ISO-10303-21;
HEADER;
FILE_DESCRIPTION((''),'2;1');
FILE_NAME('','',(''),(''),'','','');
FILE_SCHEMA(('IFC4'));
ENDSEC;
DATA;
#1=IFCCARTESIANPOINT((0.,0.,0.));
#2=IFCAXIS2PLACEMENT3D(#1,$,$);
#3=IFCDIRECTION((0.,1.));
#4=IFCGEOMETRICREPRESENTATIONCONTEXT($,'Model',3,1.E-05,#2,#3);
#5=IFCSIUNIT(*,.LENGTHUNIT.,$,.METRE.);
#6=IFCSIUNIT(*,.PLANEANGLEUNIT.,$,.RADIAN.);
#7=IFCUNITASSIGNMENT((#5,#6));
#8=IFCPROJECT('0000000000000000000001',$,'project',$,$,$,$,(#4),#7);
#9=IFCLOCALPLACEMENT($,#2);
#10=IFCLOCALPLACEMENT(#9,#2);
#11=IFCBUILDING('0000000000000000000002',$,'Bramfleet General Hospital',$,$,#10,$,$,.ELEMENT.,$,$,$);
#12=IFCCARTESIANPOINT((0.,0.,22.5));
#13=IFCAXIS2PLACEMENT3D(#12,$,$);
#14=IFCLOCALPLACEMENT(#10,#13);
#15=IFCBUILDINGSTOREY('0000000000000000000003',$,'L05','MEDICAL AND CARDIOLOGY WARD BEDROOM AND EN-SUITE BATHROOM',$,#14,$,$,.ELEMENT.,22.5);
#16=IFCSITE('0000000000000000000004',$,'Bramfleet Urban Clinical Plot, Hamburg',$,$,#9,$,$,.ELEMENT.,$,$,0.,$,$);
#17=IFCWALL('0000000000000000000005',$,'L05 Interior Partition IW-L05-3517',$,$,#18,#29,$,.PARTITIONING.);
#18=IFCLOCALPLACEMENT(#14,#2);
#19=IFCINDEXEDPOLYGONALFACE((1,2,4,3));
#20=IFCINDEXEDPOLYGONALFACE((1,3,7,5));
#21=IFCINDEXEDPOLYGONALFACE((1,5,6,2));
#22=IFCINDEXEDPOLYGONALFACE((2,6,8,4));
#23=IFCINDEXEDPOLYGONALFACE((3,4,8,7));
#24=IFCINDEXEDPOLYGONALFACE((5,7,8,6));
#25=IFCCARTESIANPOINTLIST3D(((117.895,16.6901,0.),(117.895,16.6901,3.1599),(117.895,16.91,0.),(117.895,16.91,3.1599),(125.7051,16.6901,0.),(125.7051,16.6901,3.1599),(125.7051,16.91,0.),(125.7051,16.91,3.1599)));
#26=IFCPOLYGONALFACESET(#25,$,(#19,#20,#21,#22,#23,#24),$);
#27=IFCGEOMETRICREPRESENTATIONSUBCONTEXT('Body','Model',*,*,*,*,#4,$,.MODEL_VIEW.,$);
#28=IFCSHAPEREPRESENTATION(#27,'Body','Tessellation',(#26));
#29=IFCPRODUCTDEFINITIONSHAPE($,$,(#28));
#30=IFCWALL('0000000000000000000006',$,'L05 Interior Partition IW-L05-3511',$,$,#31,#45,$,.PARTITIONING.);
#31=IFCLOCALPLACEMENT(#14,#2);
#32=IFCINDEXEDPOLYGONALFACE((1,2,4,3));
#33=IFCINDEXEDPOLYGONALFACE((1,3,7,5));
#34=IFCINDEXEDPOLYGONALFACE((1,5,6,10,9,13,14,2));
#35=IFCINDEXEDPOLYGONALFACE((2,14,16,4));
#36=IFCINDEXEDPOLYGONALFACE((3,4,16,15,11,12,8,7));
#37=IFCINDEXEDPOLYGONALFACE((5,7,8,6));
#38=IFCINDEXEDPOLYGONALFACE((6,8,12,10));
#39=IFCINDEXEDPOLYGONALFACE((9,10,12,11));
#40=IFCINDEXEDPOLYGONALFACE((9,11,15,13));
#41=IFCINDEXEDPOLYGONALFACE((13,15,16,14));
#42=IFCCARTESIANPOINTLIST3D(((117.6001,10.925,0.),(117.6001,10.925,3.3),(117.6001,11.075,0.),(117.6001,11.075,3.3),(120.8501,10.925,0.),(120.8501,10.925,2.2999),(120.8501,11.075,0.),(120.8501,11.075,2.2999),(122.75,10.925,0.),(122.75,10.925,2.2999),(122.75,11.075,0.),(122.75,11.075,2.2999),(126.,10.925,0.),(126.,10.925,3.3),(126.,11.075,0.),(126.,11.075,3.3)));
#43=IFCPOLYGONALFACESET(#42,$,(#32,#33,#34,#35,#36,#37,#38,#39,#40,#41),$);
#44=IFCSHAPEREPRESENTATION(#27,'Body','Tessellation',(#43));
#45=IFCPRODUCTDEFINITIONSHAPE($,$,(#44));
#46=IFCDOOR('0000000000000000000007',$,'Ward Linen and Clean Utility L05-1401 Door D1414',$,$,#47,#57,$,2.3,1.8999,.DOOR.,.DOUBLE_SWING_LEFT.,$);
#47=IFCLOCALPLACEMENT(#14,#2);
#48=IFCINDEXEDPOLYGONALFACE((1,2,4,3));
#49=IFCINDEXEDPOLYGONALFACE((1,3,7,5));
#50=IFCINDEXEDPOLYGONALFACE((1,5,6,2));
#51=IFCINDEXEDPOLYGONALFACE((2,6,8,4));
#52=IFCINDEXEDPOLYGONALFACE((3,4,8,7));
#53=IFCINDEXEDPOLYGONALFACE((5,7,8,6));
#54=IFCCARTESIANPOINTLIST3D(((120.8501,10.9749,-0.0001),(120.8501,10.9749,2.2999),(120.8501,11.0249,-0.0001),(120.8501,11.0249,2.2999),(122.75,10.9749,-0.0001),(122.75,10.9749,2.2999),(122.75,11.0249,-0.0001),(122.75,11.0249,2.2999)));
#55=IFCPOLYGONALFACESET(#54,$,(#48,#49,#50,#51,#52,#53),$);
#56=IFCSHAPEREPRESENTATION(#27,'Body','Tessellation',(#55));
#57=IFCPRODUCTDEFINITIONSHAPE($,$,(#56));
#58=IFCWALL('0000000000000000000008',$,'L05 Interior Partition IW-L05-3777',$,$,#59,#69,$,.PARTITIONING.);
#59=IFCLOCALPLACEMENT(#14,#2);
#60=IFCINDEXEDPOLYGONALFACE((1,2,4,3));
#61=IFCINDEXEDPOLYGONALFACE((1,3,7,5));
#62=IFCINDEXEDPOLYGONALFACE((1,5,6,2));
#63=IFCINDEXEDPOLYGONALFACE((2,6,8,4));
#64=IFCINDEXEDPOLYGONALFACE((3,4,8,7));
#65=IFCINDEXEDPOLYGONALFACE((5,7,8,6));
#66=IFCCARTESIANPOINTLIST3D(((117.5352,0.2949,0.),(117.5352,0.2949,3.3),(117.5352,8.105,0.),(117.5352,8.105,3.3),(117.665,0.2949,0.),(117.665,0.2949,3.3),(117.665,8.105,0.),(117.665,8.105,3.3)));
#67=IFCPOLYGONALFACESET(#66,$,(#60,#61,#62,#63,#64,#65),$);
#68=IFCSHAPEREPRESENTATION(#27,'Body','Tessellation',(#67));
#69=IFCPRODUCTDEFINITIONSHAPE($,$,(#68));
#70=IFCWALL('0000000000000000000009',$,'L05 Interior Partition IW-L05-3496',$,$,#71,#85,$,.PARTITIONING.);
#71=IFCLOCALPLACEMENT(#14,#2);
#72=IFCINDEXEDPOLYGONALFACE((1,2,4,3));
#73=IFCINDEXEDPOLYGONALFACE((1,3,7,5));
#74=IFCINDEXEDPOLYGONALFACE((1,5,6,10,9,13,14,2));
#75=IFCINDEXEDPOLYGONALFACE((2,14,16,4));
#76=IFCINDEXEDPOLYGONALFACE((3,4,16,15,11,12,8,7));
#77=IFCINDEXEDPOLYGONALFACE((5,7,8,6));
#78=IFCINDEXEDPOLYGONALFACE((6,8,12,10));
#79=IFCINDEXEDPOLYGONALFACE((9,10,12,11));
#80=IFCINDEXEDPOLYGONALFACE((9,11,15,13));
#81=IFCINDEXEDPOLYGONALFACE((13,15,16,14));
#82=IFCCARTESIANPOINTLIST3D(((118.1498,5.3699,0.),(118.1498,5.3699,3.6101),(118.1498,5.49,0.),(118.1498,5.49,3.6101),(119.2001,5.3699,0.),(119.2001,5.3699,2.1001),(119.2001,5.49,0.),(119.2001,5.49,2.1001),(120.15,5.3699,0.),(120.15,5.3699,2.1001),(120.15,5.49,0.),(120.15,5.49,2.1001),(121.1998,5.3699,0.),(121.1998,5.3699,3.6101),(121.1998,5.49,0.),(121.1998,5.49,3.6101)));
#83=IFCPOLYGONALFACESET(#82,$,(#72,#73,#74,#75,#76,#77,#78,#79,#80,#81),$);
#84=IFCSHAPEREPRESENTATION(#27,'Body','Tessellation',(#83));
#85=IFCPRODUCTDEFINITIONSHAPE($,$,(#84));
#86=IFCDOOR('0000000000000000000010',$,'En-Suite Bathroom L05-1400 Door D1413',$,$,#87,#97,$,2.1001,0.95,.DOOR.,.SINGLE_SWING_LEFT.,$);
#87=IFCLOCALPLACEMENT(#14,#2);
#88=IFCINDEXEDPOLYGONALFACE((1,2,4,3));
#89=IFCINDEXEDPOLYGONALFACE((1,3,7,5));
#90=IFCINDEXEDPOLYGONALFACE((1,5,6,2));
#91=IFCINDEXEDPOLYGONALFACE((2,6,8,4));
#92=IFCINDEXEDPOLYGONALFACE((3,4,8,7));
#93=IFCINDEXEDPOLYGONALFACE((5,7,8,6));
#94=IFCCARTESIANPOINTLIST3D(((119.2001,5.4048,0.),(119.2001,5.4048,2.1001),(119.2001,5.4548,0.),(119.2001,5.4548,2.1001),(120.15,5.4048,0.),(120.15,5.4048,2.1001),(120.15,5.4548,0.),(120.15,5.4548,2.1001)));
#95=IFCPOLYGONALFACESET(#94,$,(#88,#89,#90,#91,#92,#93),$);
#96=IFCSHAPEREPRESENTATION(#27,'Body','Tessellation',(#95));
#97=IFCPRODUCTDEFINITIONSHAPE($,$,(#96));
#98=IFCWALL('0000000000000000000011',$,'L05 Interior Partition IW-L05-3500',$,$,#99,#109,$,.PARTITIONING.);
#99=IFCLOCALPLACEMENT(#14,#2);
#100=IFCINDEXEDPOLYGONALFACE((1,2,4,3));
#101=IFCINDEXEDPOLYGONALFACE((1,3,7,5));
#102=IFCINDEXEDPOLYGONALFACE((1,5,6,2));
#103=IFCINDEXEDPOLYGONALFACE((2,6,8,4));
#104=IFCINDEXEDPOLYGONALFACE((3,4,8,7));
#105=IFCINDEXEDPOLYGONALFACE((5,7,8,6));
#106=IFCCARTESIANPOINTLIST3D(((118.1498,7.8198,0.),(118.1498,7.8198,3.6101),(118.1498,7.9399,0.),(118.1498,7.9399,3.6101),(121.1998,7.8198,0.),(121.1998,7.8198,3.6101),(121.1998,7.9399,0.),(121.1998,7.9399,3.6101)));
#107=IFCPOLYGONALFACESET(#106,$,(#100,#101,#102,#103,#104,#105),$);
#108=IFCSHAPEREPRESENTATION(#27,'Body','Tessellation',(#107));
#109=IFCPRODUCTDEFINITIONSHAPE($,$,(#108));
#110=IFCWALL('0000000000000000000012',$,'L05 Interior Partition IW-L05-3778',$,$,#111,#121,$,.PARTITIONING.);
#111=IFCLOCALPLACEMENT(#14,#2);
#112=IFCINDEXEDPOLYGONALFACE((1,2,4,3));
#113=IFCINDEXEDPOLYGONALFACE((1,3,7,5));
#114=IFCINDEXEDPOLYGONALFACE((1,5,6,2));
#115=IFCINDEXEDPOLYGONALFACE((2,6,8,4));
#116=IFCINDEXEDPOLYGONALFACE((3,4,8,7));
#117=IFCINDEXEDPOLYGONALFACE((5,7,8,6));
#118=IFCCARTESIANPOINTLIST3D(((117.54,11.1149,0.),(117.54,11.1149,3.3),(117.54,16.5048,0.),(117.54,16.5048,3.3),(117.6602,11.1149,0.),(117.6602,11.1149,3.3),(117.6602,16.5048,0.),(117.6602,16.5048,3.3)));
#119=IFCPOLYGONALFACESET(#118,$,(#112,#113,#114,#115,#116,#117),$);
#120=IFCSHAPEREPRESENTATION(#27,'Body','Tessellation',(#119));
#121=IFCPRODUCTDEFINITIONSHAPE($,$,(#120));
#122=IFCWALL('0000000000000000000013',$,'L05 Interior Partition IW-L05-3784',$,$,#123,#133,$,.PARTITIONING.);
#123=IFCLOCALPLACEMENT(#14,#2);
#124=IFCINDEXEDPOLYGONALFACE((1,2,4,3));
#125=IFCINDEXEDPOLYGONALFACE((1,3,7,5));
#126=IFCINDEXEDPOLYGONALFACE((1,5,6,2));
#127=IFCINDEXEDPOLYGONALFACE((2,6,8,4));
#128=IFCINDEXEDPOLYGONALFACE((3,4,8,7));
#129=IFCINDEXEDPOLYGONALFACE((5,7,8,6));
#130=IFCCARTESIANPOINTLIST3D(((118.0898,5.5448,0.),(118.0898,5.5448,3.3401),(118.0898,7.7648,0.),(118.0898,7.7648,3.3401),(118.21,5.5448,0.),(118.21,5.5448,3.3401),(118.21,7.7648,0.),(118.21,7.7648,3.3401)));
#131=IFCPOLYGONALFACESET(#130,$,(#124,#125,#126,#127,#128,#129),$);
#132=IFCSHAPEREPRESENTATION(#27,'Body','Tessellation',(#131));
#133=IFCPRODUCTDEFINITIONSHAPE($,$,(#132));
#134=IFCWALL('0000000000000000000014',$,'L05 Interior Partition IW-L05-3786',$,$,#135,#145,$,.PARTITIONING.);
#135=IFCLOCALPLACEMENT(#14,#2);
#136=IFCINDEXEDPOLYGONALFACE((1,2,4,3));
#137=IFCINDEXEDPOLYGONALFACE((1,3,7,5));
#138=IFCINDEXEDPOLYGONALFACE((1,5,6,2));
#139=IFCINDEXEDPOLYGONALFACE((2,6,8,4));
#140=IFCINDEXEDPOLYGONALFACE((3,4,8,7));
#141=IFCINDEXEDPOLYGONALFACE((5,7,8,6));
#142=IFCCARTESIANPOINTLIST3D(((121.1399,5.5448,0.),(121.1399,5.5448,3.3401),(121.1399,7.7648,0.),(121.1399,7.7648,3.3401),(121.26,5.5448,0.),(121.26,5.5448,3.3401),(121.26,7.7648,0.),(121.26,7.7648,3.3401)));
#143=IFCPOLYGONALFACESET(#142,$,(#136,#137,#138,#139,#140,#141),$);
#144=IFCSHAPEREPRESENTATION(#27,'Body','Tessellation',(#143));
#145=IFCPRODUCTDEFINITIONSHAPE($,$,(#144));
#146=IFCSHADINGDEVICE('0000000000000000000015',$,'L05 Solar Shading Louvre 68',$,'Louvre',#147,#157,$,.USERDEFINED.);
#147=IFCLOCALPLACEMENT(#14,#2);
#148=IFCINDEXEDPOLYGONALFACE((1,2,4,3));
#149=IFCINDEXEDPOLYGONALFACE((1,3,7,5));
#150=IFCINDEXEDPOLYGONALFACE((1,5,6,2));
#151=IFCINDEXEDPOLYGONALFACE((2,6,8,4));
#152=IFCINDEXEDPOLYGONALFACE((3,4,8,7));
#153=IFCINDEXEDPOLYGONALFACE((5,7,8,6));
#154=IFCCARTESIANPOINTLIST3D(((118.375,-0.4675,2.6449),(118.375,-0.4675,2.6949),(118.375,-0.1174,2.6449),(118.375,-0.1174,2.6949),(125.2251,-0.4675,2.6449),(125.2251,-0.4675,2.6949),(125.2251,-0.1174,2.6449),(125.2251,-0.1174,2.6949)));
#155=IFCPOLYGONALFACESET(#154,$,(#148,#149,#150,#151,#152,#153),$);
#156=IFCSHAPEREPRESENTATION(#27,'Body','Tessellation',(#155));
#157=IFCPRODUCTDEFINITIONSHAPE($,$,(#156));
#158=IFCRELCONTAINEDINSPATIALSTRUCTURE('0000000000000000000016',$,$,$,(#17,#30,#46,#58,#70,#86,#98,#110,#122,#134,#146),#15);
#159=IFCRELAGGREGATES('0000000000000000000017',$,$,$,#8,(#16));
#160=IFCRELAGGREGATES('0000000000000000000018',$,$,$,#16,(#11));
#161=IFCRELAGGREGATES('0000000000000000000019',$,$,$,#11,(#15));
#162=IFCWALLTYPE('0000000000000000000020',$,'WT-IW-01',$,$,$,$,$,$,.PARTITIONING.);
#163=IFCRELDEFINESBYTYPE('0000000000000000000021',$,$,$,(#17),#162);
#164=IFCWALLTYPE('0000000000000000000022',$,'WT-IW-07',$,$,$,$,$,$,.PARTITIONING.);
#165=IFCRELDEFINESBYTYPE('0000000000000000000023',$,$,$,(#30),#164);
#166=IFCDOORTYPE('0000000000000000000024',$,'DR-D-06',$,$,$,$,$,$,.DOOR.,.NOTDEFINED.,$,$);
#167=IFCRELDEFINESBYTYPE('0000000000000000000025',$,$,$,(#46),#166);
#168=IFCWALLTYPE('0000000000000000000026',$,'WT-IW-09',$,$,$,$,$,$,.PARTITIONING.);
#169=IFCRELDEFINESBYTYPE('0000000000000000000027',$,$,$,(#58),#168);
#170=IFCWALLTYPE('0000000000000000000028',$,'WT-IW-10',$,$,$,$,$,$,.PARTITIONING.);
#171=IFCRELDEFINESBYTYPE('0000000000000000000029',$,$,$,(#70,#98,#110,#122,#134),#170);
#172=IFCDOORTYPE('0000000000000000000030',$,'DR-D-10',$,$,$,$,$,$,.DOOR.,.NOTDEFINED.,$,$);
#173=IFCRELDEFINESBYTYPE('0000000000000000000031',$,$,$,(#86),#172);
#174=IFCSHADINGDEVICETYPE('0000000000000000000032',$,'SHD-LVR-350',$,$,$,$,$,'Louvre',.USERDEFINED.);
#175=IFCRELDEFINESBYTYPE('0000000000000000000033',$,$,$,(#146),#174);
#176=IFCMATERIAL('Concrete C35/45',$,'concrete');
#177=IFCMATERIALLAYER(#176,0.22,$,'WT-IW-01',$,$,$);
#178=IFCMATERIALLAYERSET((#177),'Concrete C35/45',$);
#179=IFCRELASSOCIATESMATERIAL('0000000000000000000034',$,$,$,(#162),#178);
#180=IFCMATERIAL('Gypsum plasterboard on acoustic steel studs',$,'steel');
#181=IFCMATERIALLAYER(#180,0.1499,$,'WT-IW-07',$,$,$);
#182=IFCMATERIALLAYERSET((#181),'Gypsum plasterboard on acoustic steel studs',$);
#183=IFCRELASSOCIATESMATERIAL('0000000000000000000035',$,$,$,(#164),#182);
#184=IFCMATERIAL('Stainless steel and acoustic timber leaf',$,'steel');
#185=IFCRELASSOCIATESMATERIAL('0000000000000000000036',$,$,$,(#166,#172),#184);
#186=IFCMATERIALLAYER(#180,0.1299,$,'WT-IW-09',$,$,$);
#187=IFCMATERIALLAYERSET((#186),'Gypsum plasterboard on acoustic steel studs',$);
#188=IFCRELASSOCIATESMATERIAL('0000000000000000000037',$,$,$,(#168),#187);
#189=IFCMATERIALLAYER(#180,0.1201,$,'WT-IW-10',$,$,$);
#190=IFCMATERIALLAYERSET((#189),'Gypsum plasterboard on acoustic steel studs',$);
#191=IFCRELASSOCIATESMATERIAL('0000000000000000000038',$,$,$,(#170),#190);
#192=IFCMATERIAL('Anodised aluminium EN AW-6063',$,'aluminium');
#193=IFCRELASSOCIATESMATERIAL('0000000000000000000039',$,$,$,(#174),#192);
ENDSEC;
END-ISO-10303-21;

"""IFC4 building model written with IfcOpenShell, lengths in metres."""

from ifc_helpers import new_model, si_unit, direction, frame, frame_2d, origin, origin_2d, place, context, subcontext, project, spatial, rectangle, extrude, material, layer, layer_set, material_profile, profile_set, type_object, element, fill, save


model = new_model("IFC4")

# Units and contexts
model_context = context("Model", 3, precision=1e-05, world=origin(), true_north=direction((0.0, 1.0)))
body_context = subcontext(model_context, "Body", "Model", "MODEL_VIEW")
ifc_project = project(units=[si_unit("LENGTHUNIT", "METRE"), si_unit("PLANEANGLEUNIT", "RADIAN")], contexts=[model_context])

# Site, building, storey
site_placement = place(None, origin())
site = spatial("IfcSite", under=ifc_project, at=site_placement, Name="Bramfleet Urban Clinical Plot, Hamburg", CompositionType="ELEMENT", RefElevation=0.0)
building_placement = place(site_placement, origin())
building = spatial("IfcBuilding", under=site, at=building_placement, Name="Bramfleet General Hospital", CompositionType="ELEMENT")
storey_placement = place(building_placement, frame((0.0, 0.0, 22.5)))
storey = spatial("IfcBuildingStorey", under=building, at=storey_placement, Name="L05", Description="MEDICAL AND CARDIOLOGY WARD BEDROOM AND EN-SUITE BATHROOM", CompositionType="ELEMENT", Elevation=22.5)

# Shared definitions
ifc_material_1 = material(Name="Concrete C35/45", Category="concrete")
ifc_layer_1 = layer(ifc_material_1, 0.22, Name="WT-IW-01")
ifc_layer_set_1 = layer_set([ifc_layer_1], Name="Concrete C35/45")
wall_type_1 = type_object("IfcWallType", Name="WT-IW-01", PredefinedType="PARTITIONING", material=ifc_layer_set_1)
ifc_material_2 = material(Name="Stainless steel and acoustic timber leaf", Category="steel")

# Wall
wall_1_placement = place(storey_placement, frame((117.895, 16.8, 0.0), z_axis=(0.0, 0.0, 1.0), x_axis=(1.0, 0.0, 0.0)))
element("IfcWall", 1, at=wall_1_placement, inside=storey, type_object=wall_type_1, Name="L05 Interior Partition IW-L05-3517", PredefinedType="PARTITIONING", context=body_context, shape_type="SweptSolid", body=[
    extrude(rectangle(XDim=7.8101, YDim=0.22, at=frame_2d((3.905, 0.0))), origin(), (0.0, 0.0, 1.0), 3.1599),
])

# Wall, opening, door
ifc_material_3 = material(Name="Gypsum plasterboard on acoustic steel studs", Category="steel")
ifc_layer_2 = layer(ifc_material_3, 0.1499, Name="WT-IW-07")
ifc_layer_set_2 = layer_set([ifc_layer_2], Name="Gypsum plasterboard on acoustic steel studs")
wall_type_2 = type_object("IfcWallType", Name="WT-IW-07", PredefinedType="PARTITIONING", material=ifc_layer_set_2)
wall_2_placement = place(storey_placement, frame((117.6001, 11.0, 0.0), z_axis=(0.0, 0.0, 1.0), x_axis=(1.0, 0.0, 0.0)))
wall_2 = element("IfcWall", 2, at=wall_2_placement, inside=storey, type_object=wall_type_2, Name="L05 Interior Partition IW-L05-3511", PredefinedType="PARTITIONING", context=body_context, shape_type="SweptSolid", body=[
    extrude(rectangle(XDim=8.3999, YDim=0.1499, at=frame_2d((4.2, 0.0))), origin(), (0.0, 0.0, 1.0), 3.3),
])
opening_1_placement = place(wall_2_placement, frame((3.25, 0.0, 0.0)))
opening_1 = element("IfcOpeningElement", 3, at=opening_1_placement, cuts=wall_2, PredefinedType="OPENING", context=body_context, shape_type="SweptSolid", body=[
    extrude(rectangle(XDim=1.8999, YDim=2.3, at=frame_2d((0.95, 1.1499))), frame((0.0, 0.085, 0.0), z_axis=(0.0, -1.0, 0.0), x_axis=(1.0, 0.0, 0.0)), (0.0, 0.0, 1.0), 0.1699),
])
door_type_1 = type_object("IfcDoorType", Name="DR-D-06", OperationType="NOTDEFINED", PredefinedType="DOOR", material=ifc_material_2)
door_1_placement = place(opening_1_placement, origin())
door_1 = element("IfcDoor", 4, at=door_1_placement, inside=storey, type_object=door_type_1, Name="Ward Linen and Clean Utility L05-1401 Door D1414", OperationType="DOUBLE_SWING_LEFT", OverallHeight=2.3, OverallWidth=1.8999, PredefinedType="DOOR", context=body_context, shape_type="SweptSolid", body=[
    extrude(rectangle(XDim=1.8999, YDim=2.3, at=frame_2d((0.95, 1.1499))), frame((0.0, 0.0249, 0.0), z_axis=(0.0, -1.0, 0.0), x_axis=(1.0, 0.0, 0.0)), (0.0, 0.0, 1.0), 0.05),
])
fill(opening_1, door_1)

# Wall
ifc_layer_3 = layer(ifc_material_3, 0.1299, Name="WT-IW-09")
ifc_layer_set_3 = layer_set([ifc_layer_3], Name="Gypsum plasterboard on acoustic steel studs")
wall_type_3 = type_object("IfcWallType", Name="WT-IW-09", PredefinedType="PARTITIONING", material=ifc_layer_set_3)
wall_3_placement = place(storey_placement, frame((117.6001, 0.2949, 0.0), z_axis=(0.0, 0.0, 1.0), x_axis=(0.0, 1.0, 0.0)))
element("IfcWall", 5, at=wall_3_placement, inside=storey, type_object=wall_type_3, Name="L05 Interior Partition IW-L05-3777", PredefinedType="PARTITIONING", context=body_context, shape_type="SweptSolid", body=[
    extrude(rectangle(XDim=7.8101, YDim=0.1299, at=frame_2d((3.905, 0.0))), origin(), (0.0, 0.0, 1.0), 3.3),
])

# Wall, opening, door
ifc_layer_4 = layer(ifc_material_3, 0.1201, Name="WT-IW-10")
ifc_layer_set_4 = layer_set([ifc_layer_4], Name="Gypsum plasterboard on acoustic steel studs")
wall_type_4 = type_object("IfcWallType", Name="WT-IW-10", PredefinedType="PARTITIONING", material=ifc_layer_set_4)
wall_4_placement = place(storey_placement, frame((118.1499, 5.4299, 0.0), z_axis=(0.0, 0.0, 1.0), x_axis=(1.0, 0.0, 0.0)))
wall_4 = element("IfcWall", 6, at=wall_4_placement, inside=storey, type_object=wall_type_4, Name="L05 Interior Partition IW-L05-3496", PredefinedType="PARTITIONING", context=body_context, shape_type="SweptSolid", body=[
    extrude(rectangle(XDim=3.05, YDim=0.1201, at=frame_2d((1.5249, 0.0))), origin(), (0.0, 0.0, 1.0), 3.6101),
])
opening_2_placement = place(wall_4_placement, frame((1.05, 0.0, 0.0)))
opening_2 = element("IfcOpeningElement", 7, at=opening_2_placement, cuts=wall_4, PredefinedType="OPENING", context=body_context, shape_type="SweptSolid", body=[
    extrude(rectangle(XDim=0.95, YDim=2.1001, at=frame_2d((0.4751, 1.05))), frame((0.0, 0.0701, 0.0), z_axis=(0.0, -1.0, 0.0), x_axis=(1.0, 0.0, 0.0)), (0.0, 0.0, 1.0), 0.1401),
])
door_type_2 = type_object("IfcDoorType", Name="DR-D-10", OperationType="NOTDEFINED", PredefinedType="DOOR", material=ifc_material_2)
door_2_placement = place(opening_2_placement, origin())
door_2 = element("IfcDoor", 8, at=door_2_placement, inside=storey, type_object=door_type_2, Name="En-Suite Bathroom L05-1400 Door D1413", OperationType="SINGLE_SWING_LEFT", OverallHeight=2.1001, OverallWidth=0.95, PredefinedType="DOOR", context=body_context, shape_type="SweptSolid", body=[
    extrude(rectangle(XDim=0.95, YDim=2.1001, at=frame_2d((0.4751, 1.05))), frame((0.0, 0.0249, 0.0), z_axis=(0.0, -1.0, 0.0), x_axis=(1.0, 0.0, 0.0)), (0.0, 0.0, 1.0), 0.05),
])
fill(opening_2, door_2)

# Walls
wall_5_placement = place(storey_placement, frame((118.1499, 7.8799, 0.0), z_axis=(0.0, 0.0, 1.0), x_axis=(1.0, 0.0, 0.0)))
element("IfcWall", 9, at=wall_5_placement, inside=storey, type_object=wall_type_4, Name="L05 Interior Partition IW-L05-3500", PredefinedType="PARTITIONING", context=body_context, shape_type="SweptSolid", body=[
    extrude(rectangle(XDim=3.05, YDim=0.1201, at=frame_2d((1.5249, 0.0))), origin(), (0.0, 0.0, 1.0), 3.6101),
])
wall_6_placement = place(storey_placement, frame((117.6001, 11.115, 0.0), z_axis=(0.0, 0.0, 1.0), x_axis=(0.0, 1.0, 0.0)))
element("IfcWall", 10, at=wall_6_placement, inside=storey, type_object=wall_type_4, Name="L05 Interior Partition IW-L05-3778", PredefinedType="PARTITIONING", context=body_context, shape_type="SweptSolid", body=[
    extrude(rectangle(XDim=5.3899, YDim=0.1201, at=frame_2d((2.6948, 0.0))), origin(), (0.0, 0.0, 1.0), 3.3),
])
for number, where, z_axis, x_axis, name in (
    (11, (118.1499, 5.5449, 0.0), (0.0, 0.0, 1.0), (0.0, 1.0, 0.0), "L05 Interior Partition IW-L05-3784"),
    (12, (121.2, 5.5449, 0.0), (0.0, 0.0, 1.0), (0.0, 1.0, 0.0), "L05 Interior Partition IW-L05-3786"),
):
    element("IfcWall", number, at=place(storey_placement, frame(where, z_axis=z_axis, x_axis=x_axis)), inside=storey, type_object=wall_type_4, Name=name, PredefinedType="PARTITIONING", context=body_context, shape_type="SweptSolid", body=[
        extrude(rectangle(XDim=2.22, YDim=0.1201, at=frame_2d((1.1099, 0.0))), origin(), (0.0, 0.0, 1.0), 3.3401),
    ])

# Shading device
ifc_material_4 = material(Name="Anodised aluminium EN AW-6063", Category="aluminium")
ifc_material_profile_1 = material_profile(ifc_material_4, rectangle(XDim=0.05, YDim=0.3501, at=origin_2d()), Name="ALU LOUVRE 350x50")
ifc_profile_set_1 = profile_set([ifc_material_profile_1], Name="Anodised aluminium EN AW-6063")
shading_device_type = type_object("IfcShadingDeviceType", Name="SHD-LVR-350", ElementType="Louvre", PredefinedType="USERDEFINED", material=ifc_profile_set_1)
shading_device_placement = place(storey_placement, frame((125.2251, -0.2925, 2.6699), z_axis=(-1.0, 0.0, 0.0), x_axis=(0.0, 0.0, 1.0)))
element("IfcShadingDevice", 13, at=shading_device_placement, inside=storey, type_object=shading_device_type, Name="L05 Solar Shading Louvre 68", ObjectType="Louvre", PredefinedType="USERDEFINED", context=body_context, shape_type="SweptSolid", body=[
    extrude(rectangle(XDim=0.05, YDim=0.3501, at=origin_2d()), origin(), (0.0, 0.0, 1.0), 6.8501),
])

save(model, "model.ifc")
